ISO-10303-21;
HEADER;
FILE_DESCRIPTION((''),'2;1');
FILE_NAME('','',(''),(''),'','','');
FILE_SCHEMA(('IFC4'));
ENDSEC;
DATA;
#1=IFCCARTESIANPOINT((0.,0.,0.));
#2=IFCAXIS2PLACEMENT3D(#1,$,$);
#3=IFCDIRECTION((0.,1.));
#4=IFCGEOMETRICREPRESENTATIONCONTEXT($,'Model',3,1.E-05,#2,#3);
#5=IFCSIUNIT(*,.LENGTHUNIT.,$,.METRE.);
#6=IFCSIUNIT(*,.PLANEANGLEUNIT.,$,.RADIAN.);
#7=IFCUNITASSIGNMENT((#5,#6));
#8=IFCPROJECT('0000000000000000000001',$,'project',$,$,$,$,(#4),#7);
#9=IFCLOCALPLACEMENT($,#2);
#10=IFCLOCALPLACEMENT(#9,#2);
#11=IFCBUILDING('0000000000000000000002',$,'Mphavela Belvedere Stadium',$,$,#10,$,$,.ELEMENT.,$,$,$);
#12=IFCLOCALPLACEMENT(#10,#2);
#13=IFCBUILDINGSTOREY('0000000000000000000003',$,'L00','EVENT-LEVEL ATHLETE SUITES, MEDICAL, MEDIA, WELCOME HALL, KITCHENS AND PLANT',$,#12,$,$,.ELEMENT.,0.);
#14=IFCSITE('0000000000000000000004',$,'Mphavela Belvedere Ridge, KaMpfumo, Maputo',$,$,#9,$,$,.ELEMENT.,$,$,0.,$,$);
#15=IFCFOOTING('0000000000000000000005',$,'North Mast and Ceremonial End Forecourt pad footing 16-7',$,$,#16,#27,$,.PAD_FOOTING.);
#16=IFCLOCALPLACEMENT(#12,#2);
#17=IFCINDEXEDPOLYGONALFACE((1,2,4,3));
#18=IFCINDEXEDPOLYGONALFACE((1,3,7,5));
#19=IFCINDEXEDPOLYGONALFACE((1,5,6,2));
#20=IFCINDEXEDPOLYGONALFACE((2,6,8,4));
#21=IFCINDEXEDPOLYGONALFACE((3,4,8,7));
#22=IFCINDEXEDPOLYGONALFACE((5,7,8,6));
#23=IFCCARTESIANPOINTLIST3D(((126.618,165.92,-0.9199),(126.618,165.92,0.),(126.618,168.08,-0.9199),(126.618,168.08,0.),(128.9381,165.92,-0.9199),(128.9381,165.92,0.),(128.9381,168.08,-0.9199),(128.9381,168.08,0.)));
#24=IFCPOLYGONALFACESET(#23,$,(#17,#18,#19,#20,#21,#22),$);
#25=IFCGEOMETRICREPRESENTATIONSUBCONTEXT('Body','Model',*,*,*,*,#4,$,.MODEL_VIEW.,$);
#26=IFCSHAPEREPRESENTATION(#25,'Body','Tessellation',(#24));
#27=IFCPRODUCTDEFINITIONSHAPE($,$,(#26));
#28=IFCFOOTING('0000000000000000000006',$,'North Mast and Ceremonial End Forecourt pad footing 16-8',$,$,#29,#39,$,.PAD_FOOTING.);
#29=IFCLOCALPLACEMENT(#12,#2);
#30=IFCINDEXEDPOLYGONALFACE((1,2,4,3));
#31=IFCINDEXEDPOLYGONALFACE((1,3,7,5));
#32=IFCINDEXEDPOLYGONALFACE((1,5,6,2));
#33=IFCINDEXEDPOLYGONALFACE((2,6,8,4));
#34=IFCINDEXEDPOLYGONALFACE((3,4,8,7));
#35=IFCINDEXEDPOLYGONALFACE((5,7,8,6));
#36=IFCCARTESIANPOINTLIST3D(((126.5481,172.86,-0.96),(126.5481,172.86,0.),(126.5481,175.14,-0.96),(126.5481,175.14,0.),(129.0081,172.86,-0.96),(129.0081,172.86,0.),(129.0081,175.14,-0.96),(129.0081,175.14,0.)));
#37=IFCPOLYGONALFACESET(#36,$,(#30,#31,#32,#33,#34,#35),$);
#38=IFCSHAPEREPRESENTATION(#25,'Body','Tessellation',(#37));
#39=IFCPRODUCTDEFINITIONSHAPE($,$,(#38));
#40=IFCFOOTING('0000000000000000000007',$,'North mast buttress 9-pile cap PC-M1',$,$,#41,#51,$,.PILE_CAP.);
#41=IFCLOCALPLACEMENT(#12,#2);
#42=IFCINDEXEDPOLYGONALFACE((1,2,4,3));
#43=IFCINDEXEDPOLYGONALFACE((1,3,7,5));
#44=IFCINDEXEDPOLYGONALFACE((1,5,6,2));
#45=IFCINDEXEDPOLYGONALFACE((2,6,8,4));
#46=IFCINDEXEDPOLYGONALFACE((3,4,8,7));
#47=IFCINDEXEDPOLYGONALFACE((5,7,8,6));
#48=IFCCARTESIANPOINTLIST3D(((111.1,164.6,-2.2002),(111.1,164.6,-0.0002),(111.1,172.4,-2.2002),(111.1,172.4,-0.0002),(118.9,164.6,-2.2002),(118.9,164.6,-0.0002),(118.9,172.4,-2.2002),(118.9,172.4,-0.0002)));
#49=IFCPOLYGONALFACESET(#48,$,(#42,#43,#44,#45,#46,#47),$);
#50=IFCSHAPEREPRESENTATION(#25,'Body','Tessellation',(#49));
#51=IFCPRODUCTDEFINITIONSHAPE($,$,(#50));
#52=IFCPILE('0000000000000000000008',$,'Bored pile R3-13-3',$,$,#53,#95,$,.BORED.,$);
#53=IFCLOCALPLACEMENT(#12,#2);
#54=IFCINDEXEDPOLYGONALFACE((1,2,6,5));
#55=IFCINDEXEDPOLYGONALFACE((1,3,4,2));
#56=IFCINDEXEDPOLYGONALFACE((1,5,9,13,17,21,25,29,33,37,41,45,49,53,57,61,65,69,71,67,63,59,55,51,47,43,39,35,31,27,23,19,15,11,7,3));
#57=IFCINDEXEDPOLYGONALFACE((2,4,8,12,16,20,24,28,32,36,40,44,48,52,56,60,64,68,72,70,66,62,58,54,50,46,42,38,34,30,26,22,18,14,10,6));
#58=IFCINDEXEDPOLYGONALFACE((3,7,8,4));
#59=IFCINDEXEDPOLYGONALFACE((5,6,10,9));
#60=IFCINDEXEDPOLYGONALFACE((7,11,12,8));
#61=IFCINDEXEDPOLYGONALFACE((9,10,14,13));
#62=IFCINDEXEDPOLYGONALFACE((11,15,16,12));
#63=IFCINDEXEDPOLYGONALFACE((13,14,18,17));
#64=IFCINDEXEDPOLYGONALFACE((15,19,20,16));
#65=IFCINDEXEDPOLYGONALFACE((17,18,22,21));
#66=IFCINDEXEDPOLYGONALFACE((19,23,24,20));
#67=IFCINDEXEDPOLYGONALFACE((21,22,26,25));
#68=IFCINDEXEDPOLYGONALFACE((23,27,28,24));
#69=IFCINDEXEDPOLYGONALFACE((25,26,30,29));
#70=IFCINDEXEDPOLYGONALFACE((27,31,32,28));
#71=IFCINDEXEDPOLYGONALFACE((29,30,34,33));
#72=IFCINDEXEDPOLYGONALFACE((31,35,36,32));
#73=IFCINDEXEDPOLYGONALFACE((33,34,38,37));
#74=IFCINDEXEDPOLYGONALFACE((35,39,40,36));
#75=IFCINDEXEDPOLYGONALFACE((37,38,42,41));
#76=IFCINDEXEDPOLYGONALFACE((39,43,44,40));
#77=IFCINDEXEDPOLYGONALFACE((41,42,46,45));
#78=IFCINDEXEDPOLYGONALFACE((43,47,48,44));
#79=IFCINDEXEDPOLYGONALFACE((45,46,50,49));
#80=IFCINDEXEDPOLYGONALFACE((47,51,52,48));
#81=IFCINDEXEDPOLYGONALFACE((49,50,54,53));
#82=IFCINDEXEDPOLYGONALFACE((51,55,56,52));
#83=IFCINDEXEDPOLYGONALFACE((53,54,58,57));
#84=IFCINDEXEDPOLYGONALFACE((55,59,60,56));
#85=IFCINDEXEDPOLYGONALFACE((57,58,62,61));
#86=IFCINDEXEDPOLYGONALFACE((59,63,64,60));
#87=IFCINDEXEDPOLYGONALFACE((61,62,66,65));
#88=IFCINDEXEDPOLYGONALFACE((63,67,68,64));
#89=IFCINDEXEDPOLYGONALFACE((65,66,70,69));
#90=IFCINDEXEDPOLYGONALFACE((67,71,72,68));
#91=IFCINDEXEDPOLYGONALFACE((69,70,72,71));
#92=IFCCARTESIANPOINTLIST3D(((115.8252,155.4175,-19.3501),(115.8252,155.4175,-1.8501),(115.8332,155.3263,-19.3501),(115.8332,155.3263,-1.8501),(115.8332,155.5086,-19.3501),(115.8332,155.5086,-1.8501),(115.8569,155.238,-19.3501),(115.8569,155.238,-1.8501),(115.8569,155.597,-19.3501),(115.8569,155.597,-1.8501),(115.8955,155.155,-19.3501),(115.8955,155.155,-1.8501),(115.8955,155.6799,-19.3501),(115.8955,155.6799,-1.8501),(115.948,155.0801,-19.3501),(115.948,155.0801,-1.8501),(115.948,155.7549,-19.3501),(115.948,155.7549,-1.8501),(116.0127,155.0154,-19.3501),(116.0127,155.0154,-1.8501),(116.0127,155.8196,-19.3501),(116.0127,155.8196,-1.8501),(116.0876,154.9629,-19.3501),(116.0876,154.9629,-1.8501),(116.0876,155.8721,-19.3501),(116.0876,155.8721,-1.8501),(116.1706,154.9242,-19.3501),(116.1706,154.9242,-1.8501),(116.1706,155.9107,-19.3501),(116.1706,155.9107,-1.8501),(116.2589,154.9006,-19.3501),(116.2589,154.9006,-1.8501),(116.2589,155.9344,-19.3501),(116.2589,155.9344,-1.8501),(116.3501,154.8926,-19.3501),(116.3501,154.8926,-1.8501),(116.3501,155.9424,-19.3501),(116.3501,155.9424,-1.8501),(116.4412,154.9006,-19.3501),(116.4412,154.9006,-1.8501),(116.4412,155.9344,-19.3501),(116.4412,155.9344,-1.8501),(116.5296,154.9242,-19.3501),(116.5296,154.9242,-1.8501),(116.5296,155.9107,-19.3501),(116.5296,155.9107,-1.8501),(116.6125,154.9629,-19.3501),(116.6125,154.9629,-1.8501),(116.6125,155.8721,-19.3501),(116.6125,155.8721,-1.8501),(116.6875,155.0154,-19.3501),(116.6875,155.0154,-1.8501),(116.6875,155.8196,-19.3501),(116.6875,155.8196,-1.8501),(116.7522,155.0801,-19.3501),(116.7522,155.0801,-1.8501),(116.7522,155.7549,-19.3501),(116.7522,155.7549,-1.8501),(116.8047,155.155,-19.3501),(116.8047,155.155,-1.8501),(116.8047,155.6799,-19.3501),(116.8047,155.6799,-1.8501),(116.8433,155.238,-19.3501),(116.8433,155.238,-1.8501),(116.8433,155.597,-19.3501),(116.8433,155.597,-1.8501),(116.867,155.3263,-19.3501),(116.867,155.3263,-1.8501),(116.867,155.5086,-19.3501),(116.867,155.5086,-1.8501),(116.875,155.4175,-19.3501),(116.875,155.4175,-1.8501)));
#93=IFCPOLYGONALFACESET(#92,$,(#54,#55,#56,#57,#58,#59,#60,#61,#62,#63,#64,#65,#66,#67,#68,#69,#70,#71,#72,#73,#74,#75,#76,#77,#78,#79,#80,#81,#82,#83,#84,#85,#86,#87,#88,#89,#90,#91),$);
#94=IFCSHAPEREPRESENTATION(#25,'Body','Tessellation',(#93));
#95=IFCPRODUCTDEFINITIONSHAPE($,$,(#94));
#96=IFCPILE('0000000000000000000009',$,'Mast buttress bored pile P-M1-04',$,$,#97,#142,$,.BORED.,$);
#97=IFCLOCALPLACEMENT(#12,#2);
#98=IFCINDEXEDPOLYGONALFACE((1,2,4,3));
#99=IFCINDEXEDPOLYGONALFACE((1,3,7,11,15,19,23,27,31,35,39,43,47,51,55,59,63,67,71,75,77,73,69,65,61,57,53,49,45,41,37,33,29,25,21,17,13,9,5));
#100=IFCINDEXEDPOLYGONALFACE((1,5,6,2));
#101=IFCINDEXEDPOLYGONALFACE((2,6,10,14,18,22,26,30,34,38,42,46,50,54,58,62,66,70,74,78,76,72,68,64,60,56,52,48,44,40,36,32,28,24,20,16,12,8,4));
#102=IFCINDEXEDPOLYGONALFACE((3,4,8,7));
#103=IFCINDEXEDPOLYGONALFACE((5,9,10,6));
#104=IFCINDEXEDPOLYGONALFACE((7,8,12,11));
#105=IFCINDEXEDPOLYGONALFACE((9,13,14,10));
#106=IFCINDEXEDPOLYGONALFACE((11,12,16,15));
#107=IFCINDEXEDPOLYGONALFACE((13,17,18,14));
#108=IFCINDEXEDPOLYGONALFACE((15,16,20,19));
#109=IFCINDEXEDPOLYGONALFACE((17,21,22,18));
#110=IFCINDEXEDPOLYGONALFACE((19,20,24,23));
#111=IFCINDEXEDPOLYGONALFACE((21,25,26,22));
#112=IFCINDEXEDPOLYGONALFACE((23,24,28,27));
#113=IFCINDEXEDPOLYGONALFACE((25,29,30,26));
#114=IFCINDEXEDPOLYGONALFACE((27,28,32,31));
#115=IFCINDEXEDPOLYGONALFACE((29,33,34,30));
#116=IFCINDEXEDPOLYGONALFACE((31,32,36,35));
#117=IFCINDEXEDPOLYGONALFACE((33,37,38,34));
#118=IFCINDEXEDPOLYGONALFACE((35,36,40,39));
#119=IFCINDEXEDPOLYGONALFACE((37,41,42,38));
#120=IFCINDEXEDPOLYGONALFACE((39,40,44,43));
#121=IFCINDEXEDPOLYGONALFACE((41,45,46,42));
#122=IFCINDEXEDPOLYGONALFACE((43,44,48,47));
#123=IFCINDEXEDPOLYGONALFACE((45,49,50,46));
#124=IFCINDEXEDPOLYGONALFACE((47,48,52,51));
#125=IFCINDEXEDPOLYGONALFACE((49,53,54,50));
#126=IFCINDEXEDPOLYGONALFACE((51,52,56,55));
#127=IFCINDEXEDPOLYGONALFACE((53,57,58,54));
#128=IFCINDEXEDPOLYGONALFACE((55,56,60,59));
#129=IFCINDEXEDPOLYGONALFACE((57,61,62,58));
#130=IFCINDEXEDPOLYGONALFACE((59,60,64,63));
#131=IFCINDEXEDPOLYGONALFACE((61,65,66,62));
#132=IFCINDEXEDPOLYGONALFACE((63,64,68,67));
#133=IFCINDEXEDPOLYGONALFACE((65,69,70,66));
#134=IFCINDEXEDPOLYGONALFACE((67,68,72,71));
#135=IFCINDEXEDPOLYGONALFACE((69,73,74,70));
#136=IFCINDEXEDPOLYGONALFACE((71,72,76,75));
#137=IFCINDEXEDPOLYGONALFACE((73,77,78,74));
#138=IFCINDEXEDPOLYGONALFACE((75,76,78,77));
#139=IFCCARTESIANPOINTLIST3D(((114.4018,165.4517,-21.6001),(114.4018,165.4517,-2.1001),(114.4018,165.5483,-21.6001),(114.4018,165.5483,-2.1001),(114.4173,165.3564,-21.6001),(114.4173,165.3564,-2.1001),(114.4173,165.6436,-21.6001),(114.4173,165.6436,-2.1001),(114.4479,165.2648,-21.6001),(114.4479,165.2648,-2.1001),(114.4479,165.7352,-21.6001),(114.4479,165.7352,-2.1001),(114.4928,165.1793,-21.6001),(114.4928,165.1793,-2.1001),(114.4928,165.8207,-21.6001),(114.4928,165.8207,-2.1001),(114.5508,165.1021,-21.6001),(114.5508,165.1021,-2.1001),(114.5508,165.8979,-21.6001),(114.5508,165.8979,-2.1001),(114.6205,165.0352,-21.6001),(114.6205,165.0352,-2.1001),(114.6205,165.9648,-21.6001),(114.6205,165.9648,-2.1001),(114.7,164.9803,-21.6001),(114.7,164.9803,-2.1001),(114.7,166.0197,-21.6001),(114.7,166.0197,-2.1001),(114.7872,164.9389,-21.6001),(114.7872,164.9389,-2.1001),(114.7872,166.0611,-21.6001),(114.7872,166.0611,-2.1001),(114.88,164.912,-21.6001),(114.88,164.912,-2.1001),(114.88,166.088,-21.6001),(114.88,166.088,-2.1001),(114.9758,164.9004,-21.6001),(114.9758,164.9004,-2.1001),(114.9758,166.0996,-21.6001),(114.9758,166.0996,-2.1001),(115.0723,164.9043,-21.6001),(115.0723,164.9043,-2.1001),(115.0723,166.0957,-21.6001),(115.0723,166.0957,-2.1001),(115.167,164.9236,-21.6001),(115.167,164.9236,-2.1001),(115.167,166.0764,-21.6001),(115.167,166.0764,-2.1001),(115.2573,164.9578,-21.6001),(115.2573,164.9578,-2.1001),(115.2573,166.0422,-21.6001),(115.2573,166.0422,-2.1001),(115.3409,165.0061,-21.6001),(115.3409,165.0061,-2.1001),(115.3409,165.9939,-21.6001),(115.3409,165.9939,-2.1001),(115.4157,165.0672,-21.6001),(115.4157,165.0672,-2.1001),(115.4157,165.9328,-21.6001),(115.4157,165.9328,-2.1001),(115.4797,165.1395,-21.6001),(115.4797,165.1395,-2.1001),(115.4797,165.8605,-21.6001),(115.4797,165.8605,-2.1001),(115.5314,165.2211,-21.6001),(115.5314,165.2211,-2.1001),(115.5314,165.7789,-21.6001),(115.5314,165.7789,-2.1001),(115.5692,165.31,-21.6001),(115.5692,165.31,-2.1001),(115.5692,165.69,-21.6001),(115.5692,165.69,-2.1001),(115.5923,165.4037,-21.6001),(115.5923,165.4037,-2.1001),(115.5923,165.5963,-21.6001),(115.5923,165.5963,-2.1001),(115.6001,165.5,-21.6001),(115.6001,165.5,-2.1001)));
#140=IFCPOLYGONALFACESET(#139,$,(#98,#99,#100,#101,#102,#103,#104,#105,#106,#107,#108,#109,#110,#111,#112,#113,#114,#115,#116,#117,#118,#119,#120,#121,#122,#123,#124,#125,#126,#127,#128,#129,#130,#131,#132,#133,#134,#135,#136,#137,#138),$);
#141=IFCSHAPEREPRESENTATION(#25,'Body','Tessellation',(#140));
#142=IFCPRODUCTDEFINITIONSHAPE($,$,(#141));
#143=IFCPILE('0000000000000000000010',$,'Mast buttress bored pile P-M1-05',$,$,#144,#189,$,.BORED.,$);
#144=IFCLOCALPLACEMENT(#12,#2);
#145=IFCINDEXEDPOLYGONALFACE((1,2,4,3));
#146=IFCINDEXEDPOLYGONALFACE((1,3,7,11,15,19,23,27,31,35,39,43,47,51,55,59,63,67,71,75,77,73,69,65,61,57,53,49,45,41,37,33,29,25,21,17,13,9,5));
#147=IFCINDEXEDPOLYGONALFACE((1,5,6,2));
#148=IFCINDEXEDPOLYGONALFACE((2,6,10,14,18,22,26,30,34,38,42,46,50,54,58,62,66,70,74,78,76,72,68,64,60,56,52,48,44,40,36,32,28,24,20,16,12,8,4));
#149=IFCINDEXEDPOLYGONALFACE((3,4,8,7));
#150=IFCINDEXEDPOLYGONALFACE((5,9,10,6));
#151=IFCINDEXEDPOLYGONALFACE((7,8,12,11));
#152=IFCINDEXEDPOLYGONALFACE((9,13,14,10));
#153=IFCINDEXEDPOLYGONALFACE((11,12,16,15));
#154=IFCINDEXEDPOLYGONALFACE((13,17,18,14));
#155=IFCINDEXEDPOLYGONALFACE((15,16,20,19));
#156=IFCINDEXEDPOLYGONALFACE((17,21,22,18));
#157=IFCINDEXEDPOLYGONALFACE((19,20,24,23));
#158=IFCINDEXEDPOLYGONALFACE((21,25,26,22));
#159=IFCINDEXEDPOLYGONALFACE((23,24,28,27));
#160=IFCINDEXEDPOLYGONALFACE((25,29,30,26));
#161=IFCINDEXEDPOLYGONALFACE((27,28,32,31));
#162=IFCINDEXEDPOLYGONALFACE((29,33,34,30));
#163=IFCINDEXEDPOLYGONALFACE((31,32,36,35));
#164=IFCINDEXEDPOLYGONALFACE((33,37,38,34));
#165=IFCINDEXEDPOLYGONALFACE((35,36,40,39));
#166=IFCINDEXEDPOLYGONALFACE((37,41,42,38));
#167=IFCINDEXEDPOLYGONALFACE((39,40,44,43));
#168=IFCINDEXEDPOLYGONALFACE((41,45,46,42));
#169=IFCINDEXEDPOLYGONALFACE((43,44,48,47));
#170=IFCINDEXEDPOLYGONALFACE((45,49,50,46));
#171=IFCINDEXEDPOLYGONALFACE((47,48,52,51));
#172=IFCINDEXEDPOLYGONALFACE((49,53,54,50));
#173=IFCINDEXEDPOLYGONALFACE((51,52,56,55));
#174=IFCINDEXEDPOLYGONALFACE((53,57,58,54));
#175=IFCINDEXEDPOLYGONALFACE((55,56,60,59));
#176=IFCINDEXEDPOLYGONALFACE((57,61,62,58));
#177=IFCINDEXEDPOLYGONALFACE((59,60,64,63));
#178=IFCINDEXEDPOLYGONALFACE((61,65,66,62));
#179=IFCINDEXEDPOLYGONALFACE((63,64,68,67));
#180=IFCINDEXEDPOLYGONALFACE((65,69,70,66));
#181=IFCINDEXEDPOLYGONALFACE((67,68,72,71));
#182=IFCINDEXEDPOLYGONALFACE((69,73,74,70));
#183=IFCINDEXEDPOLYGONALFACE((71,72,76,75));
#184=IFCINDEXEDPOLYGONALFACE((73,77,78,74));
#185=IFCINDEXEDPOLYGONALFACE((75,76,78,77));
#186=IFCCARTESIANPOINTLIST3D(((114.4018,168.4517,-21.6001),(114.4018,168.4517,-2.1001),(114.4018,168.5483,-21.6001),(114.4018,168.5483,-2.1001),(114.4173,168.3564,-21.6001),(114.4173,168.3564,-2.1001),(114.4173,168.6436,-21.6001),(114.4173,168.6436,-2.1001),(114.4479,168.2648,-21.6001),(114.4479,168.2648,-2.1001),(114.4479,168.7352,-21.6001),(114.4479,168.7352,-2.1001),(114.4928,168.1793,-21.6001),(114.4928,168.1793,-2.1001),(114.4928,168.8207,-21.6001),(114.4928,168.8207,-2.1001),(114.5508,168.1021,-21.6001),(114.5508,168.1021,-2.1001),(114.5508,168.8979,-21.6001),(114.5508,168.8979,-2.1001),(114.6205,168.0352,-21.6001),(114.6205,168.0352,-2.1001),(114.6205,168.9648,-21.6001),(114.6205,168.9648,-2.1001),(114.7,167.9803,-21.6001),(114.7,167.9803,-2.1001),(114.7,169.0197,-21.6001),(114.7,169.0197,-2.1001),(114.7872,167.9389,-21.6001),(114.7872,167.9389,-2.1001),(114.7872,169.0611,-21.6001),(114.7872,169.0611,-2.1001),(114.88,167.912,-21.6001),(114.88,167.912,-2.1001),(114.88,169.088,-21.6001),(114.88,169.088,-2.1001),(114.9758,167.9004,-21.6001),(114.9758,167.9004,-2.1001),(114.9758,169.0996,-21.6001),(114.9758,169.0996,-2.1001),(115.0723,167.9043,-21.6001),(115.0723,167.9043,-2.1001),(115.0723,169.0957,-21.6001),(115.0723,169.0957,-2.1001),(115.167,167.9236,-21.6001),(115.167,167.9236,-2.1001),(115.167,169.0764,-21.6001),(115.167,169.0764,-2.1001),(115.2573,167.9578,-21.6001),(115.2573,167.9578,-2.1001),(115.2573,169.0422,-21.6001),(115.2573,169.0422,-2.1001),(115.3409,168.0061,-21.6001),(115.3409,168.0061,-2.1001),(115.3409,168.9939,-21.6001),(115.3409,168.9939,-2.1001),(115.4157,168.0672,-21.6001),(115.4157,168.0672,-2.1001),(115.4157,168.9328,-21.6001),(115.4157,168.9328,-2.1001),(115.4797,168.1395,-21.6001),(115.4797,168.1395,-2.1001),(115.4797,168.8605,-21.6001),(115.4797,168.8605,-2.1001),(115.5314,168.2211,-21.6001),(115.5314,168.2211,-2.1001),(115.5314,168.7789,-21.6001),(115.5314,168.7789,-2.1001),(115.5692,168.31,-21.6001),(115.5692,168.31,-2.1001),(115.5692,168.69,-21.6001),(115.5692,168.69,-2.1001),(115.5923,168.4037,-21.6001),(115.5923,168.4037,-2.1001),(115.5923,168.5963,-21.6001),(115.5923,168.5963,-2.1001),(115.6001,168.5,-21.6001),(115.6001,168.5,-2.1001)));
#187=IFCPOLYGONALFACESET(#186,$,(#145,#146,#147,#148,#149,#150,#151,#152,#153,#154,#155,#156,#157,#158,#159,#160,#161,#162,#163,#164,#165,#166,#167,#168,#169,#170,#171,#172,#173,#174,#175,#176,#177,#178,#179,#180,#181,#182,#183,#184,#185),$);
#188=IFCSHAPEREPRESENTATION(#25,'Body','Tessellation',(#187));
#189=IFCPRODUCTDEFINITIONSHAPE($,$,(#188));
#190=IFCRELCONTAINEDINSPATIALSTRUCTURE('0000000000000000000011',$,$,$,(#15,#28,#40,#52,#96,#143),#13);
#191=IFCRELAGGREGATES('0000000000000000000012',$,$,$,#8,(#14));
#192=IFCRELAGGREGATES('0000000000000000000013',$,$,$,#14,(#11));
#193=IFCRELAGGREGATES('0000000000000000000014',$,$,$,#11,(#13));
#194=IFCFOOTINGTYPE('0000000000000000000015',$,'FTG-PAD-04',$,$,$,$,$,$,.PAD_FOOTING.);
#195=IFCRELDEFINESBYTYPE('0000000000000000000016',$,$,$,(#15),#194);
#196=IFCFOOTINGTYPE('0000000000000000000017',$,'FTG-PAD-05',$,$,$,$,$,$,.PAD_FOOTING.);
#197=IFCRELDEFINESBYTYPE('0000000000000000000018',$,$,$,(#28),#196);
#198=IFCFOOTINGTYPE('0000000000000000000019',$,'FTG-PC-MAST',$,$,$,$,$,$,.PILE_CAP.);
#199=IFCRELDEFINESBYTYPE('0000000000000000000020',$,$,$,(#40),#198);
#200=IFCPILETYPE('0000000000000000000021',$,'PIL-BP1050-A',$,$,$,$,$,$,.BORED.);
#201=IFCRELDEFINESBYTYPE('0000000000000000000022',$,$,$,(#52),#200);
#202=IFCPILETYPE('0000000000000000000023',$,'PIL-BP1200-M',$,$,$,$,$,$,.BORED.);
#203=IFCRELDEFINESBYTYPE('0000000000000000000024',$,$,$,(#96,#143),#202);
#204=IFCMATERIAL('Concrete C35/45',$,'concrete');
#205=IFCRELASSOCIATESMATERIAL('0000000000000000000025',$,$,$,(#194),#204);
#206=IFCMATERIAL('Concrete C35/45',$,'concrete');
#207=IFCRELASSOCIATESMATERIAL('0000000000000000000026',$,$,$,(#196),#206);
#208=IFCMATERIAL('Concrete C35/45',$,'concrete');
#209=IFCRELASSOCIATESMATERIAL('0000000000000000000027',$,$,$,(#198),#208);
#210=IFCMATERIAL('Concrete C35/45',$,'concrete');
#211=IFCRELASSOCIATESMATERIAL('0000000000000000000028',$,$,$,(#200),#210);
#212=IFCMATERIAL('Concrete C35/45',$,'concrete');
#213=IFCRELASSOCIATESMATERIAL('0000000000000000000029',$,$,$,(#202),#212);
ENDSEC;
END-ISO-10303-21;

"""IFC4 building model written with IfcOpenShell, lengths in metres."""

from ifc_helpers import new_model, si_unit, direction, frame, origin, origin_2d, place, context, subcontext, project, spatial, rectangle, circle, extrude, material, material_profile, profile_set, type_object, element, save


model = new_model("IFC4")

# Units and contexts
model_context = context("Model", 3, precision=1e-05, world=origin(), true_north=direction((0.0, 1.0)))
body_context = subcontext(model_context, "Body", "Model", "MODEL_VIEW")
ifc_project = project(units=[si_unit("LENGTHUNIT", "METRE"), si_unit("PLANEANGLEUNIT", "RADIAN")], contexts=[model_context])

# Site, building, storey
site_placement = place(None, origin())
site = spatial("IfcSite", under=ifc_project, at=site_placement, Name="Mphavela Belvedere Ridge, KaMpfumo, Maputo", CompositionType="ELEMENT", RefElevation=0.0)
building_placement = place(site_placement, origin())
building = spatial("IfcBuilding", under=site, at=building_placement, Name="Mphavela Belvedere Stadium", CompositionType="ELEMENT")
storey_placement = place(building_placement, origin())
storey = spatial("IfcBuildingStorey", under=building, at=storey_placement, Name="L00", Description="EVENT-LEVEL ATHLETE SUITES, MEDICAL, MEDIA, WELCOME HALL, KITCHENS AND PLANT", CompositionType="ELEMENT", Elevation=0.0)

# Footings
ifc_material_1 = material(Name="Concrete C35/45", Category="concrete")
footing_type_1 = type_object("IfcFootingType", Name="FTG-PAD-04", PredefinedType="PAD_FOOTING", material=ifc_material_1)
footing_1_placement = place(storey_placement, frame((127.7781, 167.0, -0.9199), z_axis=(0.0, 0.0, 1.0), x_axis=(1.0, 0.0, 0.0)))
element("IfcFooting", 1, at=footing_1_placement, inside=storey, type_object=footing_type_1, Name="North Mast and Ceremonial End Forecourt pad footing 16-7", PredefinedType="PAD_FOOTING", context=body_context, shape_type="SweptSolid", body=[
    extrude(rectangle(XDim=2.3201, YDim=2.1599, at=origin_2d()), origin(), (0.0, 0.0, 1.0), 0.9199),
])
ifc_material_2 = material(Name="Concrete C35/45", Category="concrete")
footing_type_2 = type_object("IfcFootingType", Name="FTG-PAD-05", PredefinedType="PAD_FOOTING", material=ifc_material_2)
footing_2_placement = place(storey_placement, frame((127.7781, 174.0, -0.96), z_axis=(0.0, 0.0, 1.0), x_axis=(1.0, 0.0, 0.0)))
element("IfcFooting", 2, at=footing_2_placement, inside=storey, type_object=footing_type_2, Name="North Mast and Ceremonial End Forecourt pad footing 16-8", PredefinedType="PAD_FOOTING", context=body_context, shape_type="SweptSolid", body=[
    extrude(rectangle(XDim=2.46, YDim=2.28, at=origin_2d()), origin(), (0.0, 0.0, 1.0), 0.96),
])
ifc_material_3 = material(Name="Concrete C35/45", Category="concrete")
footing_type_3 = type_object("IfcFootingType", Name="FTG-PC-MAST", PredefinedType="PILE_CAP", material=ifc_material_3)
footing_3_placement = place(storey_placement, frame((115.0, 168.5, -2.2002), z_axis=(0.0, 0.0, 1.0), x_axis=(1.0, 0.0, 0.0)))
element("IfcFooting", 3, at=footing_3_placement, inside=storey, type_object=footing_type_3, Name="North mast buttress 9-pile cap PC-M1", PredefinedType="PILE_CAP", context=body_context, shape_type="SweptSolid", body=[
    extrude(rectangle(XDim=7.8, YDim=7.8, at=origin_2d()), origin(), (0.0, 0.0, 1.0), 2.2),
])

# Piles
ifc_material_4 = material(Name="Concrete C35/45", Category="concrete")
ifc_material_profile_1 = material_profile(ifc_material_4, circle(Radius=0.5249, at=origin_2d()), Name="BP D1050")
ifc_profile_set_1 = profile_set([ifc_material_profile_1], Name="Concrete C35/45")
pile_type_1 = type_object("IfcPileType", Name="PIL-BP1050-A", PredefinedType="BORED", material=ifc_profile_set_1)
pile_1_placement = place(storey_placement, frame((116.3501, 155.4175, -1.8501), z_axis=(0.0, 0.0, -1.0), x_axis=(1.0, 0.0, 0.0)))
element("IfcPile", 4, at=pile_1_placement, inside=storey, type_object=pile_type_1, Name="Bored pile R3-13-3", PredefinedType="BORED", context=body_context, shape_type="SweptSolid", body=[
    extrude(circle(Radius=0.5249, at=origin_2d()), origin(), (0.0, 0.0, 1.0), 17.5),
])
ifc_material_5 = material(Name="Concrete C35/45", Category="concrete")
ifc_material_profile_2 = material_profile(ifc_material_5, circle(Radius=0.6001, at=origin_2d()), Name="BP D1200")
ifc_profile_set_2 = profile_set([ifc_material_profile_2], Name="Concrete C35/45")
pile_type_2 = type_object("IfcPileType", Name="PIL-BP1200-M", PredefinedType="BORED", material=ifc_profile_set_2)
for number, where, z_axis, x_axis, name in (
    (5, (115.0, 165.5, -2.1001), (0.0, 0.0, -1.0), (1.0, 0.0, 0.0), "Mast buttress bored pile P-M1-04"),
    (6, (115.0, 168.5, -2.1001), (0.0, 0.0, -1.0), (1.0, 0.0, 0.0), "Mast buttress bored pile P-M1-05"),
):
    element("IfcPile", number, at=place(storey_placement, frame(where, z_axis=z_axis, x_axis=x_axis)), inside=storey, type_object=pile_type_2, Name=name, PredefinedType="BORED", context=body_context, shape_type="SweptSolid", body=[
        extrude(circle(Radius=0.6001, at=origin_2d()), origin(), (0.0, 0.0, 1.0), 19.5),
    ])

save(model, "model.ifc")
